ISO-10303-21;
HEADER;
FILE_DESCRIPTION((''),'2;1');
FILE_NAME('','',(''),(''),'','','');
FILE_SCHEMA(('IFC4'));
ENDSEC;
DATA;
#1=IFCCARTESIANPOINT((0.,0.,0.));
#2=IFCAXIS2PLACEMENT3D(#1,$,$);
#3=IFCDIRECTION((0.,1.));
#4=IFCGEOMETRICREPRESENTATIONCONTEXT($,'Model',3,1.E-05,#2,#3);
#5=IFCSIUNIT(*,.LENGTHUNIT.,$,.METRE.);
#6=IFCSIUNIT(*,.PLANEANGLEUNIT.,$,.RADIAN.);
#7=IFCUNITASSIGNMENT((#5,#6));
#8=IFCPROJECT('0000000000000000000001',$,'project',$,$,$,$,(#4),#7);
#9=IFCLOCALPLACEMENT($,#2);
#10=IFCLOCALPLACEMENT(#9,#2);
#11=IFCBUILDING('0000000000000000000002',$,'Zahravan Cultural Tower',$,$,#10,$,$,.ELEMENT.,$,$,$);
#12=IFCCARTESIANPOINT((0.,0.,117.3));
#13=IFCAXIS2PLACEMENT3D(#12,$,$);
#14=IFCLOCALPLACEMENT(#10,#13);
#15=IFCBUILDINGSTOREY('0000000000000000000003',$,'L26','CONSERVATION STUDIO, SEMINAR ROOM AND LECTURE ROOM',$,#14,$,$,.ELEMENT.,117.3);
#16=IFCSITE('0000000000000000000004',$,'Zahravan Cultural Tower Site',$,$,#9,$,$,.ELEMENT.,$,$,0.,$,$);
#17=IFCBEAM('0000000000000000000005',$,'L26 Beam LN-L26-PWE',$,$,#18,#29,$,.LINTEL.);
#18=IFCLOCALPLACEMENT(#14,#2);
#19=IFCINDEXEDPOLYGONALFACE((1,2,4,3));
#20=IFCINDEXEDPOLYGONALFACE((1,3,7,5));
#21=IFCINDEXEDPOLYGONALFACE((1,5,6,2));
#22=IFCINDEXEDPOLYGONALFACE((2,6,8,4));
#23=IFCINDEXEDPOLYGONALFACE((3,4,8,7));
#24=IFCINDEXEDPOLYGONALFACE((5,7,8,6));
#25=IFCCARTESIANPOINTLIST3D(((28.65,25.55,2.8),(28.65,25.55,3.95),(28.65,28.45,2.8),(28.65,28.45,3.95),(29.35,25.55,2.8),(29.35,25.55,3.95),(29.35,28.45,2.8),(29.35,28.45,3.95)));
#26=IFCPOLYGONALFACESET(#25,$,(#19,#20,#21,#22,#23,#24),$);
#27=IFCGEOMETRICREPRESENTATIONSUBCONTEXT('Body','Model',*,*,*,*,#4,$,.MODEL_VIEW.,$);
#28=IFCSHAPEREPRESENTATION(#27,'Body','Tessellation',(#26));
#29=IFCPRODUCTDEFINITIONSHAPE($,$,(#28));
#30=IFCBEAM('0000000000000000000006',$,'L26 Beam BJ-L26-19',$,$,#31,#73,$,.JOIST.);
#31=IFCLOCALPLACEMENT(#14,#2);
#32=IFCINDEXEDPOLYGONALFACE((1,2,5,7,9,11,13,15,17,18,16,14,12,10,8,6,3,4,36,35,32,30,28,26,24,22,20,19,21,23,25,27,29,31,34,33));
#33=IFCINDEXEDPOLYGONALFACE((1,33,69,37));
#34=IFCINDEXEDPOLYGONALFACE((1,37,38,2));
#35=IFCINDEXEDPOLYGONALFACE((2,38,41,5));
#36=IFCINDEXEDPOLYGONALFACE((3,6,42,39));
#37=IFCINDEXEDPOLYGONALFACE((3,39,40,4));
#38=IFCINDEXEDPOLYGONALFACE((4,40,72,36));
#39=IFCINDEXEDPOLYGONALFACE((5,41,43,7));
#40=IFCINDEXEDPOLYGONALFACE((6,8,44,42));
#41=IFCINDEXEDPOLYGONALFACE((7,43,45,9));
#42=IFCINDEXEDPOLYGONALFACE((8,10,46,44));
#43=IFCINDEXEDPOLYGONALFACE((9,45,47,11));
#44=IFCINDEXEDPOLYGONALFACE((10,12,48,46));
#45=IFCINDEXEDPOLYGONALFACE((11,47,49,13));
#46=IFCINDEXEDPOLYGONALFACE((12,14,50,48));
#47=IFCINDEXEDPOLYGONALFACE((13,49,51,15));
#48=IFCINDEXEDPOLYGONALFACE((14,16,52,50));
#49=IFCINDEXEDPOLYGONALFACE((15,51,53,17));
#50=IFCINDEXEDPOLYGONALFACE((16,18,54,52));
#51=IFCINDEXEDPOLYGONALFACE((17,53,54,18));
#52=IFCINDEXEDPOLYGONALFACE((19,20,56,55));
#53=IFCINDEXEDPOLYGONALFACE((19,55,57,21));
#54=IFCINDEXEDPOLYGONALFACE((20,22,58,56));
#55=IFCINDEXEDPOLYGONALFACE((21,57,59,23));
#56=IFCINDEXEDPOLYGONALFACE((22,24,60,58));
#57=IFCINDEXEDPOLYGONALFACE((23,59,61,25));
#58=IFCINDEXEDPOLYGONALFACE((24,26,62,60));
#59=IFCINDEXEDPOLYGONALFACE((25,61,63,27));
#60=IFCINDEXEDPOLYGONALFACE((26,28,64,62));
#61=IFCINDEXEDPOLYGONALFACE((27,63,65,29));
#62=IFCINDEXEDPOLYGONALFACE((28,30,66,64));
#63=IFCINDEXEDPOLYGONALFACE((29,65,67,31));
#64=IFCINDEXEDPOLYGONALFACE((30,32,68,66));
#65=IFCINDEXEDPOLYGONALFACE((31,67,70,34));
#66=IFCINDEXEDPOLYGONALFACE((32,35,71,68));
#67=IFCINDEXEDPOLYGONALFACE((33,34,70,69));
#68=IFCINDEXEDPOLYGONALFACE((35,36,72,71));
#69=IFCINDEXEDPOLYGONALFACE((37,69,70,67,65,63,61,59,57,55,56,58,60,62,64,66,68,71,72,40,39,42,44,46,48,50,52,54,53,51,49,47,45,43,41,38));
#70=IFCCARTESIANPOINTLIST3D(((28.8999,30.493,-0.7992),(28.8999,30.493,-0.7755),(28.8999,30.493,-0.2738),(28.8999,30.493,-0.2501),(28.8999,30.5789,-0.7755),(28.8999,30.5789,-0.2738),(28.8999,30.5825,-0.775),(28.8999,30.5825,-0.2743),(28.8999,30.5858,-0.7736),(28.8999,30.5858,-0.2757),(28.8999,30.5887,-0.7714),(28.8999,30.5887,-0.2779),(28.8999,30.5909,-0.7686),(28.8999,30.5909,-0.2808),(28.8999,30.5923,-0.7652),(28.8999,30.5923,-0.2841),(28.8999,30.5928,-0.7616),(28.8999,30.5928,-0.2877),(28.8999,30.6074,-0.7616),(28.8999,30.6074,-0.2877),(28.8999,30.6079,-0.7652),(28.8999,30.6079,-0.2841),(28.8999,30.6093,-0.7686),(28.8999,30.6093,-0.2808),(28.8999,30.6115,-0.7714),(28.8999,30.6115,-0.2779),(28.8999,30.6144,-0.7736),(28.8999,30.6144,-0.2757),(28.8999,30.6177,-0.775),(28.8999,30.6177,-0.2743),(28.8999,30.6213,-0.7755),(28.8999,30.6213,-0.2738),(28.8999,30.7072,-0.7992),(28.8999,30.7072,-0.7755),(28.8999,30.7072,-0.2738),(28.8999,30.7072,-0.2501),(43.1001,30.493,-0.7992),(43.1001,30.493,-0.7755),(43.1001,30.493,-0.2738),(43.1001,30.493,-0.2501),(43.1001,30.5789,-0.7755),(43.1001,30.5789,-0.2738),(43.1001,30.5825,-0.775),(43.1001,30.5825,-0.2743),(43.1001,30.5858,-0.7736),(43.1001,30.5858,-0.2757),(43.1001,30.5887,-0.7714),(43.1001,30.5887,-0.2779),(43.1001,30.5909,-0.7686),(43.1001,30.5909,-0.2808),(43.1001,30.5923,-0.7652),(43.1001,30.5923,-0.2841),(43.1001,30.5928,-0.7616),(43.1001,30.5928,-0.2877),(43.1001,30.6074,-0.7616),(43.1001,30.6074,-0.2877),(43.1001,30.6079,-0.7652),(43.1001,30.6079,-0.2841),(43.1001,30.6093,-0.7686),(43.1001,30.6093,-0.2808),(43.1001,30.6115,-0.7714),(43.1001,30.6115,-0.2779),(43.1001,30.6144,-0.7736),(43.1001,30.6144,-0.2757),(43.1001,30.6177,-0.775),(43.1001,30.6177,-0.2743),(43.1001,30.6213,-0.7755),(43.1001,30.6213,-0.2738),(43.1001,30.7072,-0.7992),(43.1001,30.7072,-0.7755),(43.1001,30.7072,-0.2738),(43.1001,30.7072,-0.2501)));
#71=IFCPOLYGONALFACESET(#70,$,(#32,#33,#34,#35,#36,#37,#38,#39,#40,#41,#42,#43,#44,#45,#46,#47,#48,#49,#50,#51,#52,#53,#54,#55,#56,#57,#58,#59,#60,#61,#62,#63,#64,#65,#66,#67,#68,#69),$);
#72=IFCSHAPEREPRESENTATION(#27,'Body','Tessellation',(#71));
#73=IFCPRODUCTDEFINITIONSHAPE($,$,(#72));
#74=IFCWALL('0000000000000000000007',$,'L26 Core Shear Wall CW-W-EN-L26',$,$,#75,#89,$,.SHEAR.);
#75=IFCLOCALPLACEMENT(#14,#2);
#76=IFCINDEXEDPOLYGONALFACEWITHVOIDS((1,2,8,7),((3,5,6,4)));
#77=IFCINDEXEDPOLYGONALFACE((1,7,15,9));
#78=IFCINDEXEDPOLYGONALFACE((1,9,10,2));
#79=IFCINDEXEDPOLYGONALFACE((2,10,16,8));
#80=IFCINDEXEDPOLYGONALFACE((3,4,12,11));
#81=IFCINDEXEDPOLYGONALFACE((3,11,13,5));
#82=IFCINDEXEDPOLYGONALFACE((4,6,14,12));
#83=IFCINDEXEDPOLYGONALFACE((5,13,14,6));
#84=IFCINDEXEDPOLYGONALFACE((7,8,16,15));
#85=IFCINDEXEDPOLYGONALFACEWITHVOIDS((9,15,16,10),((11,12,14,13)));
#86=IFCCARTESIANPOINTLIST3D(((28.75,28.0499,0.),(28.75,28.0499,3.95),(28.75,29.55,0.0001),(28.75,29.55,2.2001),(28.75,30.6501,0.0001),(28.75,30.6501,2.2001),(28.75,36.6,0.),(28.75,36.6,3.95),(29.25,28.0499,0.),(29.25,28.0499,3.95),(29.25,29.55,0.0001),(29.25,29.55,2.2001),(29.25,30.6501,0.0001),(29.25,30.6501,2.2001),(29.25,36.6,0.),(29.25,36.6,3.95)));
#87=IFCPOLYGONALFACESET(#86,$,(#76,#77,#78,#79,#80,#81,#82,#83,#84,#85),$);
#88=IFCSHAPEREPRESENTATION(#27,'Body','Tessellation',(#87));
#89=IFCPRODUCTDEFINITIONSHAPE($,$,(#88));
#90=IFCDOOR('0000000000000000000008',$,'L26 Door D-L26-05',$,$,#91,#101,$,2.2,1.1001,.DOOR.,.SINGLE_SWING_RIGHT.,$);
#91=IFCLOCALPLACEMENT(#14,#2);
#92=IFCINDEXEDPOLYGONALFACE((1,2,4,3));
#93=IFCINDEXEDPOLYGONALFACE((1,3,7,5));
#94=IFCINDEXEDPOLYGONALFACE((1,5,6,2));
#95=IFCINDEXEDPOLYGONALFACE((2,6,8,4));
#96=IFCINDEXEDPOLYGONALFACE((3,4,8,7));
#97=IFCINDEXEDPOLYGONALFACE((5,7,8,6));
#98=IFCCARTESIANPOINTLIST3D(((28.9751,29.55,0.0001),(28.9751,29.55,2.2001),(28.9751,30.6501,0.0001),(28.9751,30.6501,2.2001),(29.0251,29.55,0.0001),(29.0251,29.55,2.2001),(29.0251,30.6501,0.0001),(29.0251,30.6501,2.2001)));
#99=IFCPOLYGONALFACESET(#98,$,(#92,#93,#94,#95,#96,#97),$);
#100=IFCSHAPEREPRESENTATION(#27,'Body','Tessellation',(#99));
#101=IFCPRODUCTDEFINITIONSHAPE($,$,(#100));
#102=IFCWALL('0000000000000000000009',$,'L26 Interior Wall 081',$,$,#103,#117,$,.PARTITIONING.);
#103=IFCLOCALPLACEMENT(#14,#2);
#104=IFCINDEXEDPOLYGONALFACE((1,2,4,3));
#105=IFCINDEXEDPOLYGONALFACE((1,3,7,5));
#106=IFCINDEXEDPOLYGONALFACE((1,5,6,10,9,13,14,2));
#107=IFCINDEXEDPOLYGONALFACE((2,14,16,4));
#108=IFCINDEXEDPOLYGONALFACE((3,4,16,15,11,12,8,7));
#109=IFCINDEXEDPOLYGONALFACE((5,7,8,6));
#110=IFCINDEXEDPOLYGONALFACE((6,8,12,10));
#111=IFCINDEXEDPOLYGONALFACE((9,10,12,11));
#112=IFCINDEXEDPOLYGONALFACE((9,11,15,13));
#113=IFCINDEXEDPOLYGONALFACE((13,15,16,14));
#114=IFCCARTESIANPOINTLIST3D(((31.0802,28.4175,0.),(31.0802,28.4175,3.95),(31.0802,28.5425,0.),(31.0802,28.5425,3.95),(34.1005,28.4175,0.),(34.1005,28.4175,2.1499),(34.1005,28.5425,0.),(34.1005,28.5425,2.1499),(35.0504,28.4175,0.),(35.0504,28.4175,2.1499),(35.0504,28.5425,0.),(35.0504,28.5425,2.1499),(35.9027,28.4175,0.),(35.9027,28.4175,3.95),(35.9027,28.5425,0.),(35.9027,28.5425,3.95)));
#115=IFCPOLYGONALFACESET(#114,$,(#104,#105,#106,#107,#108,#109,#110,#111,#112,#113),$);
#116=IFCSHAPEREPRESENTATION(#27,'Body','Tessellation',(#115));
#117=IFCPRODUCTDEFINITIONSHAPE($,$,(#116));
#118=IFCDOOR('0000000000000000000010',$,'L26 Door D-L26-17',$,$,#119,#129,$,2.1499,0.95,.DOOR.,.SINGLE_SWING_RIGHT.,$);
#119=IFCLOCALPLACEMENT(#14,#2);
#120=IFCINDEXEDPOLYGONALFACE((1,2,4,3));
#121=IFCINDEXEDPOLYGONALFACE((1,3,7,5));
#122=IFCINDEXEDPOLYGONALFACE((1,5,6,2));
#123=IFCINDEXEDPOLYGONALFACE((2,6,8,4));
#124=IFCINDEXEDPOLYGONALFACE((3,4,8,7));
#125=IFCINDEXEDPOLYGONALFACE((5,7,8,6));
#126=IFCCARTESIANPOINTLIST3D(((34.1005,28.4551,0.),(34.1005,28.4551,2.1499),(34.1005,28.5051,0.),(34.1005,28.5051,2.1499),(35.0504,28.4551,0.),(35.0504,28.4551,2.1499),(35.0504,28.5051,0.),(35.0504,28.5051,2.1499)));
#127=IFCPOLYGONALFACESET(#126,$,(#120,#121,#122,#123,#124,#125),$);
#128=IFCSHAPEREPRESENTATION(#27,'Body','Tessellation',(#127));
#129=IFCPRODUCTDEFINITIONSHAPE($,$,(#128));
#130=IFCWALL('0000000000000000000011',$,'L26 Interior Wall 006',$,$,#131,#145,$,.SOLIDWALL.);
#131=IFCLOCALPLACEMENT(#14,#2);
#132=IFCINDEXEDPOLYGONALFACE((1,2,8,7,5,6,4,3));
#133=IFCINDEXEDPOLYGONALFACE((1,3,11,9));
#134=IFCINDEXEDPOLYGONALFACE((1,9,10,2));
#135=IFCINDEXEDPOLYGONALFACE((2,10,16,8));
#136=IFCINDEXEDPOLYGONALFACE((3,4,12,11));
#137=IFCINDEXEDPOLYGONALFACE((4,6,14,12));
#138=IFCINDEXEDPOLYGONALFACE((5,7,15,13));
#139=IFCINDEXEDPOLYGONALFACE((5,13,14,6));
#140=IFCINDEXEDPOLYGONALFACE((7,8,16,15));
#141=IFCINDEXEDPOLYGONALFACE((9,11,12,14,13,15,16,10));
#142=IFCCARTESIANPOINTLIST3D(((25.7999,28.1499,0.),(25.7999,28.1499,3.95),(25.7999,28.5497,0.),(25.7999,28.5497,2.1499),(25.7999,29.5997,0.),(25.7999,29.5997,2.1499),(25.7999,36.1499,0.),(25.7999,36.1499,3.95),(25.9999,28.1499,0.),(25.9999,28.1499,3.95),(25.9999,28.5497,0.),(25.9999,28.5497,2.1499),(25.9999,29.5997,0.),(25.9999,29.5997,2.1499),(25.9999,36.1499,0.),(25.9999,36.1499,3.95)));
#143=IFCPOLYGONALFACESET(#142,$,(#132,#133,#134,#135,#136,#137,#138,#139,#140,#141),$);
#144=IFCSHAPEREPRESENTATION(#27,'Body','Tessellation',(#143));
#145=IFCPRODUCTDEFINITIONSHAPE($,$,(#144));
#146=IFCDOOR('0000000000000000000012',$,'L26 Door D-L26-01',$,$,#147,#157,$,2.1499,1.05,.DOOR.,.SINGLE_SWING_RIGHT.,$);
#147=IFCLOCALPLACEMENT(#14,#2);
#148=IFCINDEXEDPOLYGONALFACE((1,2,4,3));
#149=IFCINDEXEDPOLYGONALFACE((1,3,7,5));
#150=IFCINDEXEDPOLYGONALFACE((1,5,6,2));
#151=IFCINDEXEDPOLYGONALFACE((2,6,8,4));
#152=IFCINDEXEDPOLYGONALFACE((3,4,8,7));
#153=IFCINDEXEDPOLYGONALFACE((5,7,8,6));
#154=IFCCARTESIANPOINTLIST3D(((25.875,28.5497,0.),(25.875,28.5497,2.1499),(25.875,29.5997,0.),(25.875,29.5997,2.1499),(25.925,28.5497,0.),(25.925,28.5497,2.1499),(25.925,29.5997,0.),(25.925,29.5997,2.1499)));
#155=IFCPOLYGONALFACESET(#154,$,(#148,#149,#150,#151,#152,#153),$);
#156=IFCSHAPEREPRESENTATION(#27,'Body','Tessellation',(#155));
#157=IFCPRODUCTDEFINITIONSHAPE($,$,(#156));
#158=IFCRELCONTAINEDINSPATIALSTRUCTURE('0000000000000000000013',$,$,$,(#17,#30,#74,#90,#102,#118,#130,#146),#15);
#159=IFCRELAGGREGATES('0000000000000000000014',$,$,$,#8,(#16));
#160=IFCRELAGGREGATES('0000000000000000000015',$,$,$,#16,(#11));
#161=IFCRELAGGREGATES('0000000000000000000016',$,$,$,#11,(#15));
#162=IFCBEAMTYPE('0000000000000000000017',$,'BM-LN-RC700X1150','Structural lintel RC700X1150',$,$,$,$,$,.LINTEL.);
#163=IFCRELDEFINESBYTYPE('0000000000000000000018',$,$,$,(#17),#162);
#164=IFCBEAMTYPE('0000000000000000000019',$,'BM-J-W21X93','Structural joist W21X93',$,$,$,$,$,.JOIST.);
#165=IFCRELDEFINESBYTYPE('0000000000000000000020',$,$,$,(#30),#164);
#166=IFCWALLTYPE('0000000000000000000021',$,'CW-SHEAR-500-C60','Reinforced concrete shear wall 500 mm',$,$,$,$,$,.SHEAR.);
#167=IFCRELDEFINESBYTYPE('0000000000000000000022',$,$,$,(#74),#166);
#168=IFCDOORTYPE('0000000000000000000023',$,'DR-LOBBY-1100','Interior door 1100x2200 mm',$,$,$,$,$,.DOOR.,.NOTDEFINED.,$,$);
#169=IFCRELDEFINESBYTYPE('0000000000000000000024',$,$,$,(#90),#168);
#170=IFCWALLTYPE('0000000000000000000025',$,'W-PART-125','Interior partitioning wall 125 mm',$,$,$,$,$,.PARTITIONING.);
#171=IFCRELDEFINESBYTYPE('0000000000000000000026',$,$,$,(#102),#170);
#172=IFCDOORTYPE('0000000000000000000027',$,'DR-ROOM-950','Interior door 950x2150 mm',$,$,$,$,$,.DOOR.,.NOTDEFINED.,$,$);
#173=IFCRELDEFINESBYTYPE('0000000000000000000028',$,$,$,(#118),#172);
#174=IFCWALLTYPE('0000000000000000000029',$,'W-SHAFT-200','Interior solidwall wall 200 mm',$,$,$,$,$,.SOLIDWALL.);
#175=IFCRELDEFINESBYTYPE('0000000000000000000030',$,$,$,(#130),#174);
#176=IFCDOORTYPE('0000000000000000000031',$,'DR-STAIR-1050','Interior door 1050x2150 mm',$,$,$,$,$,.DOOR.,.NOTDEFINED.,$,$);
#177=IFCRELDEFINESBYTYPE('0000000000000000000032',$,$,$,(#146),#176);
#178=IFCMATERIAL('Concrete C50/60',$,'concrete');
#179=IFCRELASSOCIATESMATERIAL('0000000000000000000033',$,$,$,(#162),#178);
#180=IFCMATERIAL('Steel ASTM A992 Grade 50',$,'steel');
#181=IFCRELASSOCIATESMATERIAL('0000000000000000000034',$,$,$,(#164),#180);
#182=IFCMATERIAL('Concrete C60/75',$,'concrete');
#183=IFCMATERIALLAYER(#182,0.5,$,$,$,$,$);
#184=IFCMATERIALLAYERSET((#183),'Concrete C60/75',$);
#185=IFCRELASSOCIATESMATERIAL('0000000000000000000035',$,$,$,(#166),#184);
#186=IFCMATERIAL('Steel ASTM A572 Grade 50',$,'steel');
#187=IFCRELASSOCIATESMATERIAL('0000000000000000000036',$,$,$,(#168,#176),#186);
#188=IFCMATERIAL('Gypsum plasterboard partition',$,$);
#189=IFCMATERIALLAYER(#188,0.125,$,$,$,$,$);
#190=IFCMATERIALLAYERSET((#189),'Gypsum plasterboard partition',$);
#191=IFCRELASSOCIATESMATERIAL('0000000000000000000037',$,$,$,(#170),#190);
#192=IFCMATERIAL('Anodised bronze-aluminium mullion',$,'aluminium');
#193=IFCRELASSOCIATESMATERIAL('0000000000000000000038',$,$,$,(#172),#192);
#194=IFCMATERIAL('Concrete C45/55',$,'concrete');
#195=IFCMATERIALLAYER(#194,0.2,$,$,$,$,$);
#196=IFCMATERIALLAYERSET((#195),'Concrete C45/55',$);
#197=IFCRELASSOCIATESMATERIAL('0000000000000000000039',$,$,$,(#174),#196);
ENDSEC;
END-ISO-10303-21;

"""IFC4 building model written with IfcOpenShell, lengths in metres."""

from ifc_helpers import new_model, si_unit, direction, frame, frame_2d, origin, origin_2d, place, context, subcontext, project, spatial, rectangle, i_section, extrude, source, transform, mapped, material, layer, layer_set, material_profile, profile_set, type_object, element, fill, save


model = new_model("IFC4")

# Units and contexts
model_context = context("Model", 3, precision=1e-05, world=origin(), true_north=direction((0.0, 1.0)))
body_context = subcontext(model_context, "Body", "Model", "MODEL_VIEW")
ifc_project = project(units=[si_unit("LENGTHUNIT", "METRE"), si_unit("PLANEANGLEUNIT", "RADIAN")], contexts=[model_context])

# Site, building, storey
site_placement = place(None, origin())
site = spatial("IfcSite", under=ifc_project, at=site_placement, Name="Zahravan Cultural Tower Site", CompositionType="ELEMENT", RefElevation=0.0)
building_placement = place(site_placement, origin())
building = spatial("IfcBuilding", under=site, at=building_placement, Name="Zahravan Cultural Tower", CompositionType="ELEMENT")
storey_placement = place(building_placement, frame((0.0, 0.0, 117.3)))
storey = spatial("IfcBuildingStorey", under=building, at=storey_placement, Name="L26", Description="CONSERVATION STUDIO, SEMINAR ROOM AND LECTURE ROOM", CompositionType="ELEMENT", Elevation=117.3)

# Beams
ifc_material_1 = material(Name="Concrete C50/60", Category="concrete")
ifc_material_profile_1 = material_profile(ifc_material_1, rectangle(XDim=0.7, YDim=1.1499, at=origin_2d()), Name="RC700X1150")
ifc_profile_set_1 = profile_set([ifc_material_profile_1], Name="Concrete C50/60")
beam_type_1 = type_object("IfcBeamType", Name="BM-LN-RC700X1150", Description="Structural lintel RC700X1150", PredefinedType="LINTEL", material=ifc_profile_set_1)
shared_shape_1 = source(origin(), body_context, "Body", "SweptSolid", [
    extrude(rectangle(XDim=0.7, YDim=1.1499, at=origin_2d()), origin(), (0.0, 0.0, 1.0), 2.8999),
])
beam_1_placement = place(storey_placement, frame((29.0, 25.55, 3.375), z_axis=(0.0, 1.0, 0.0), x_axis=(-1.0, 0.0, 0.0)))
element("IfcBeam", 1, at=beam_1_placement, inside=storey, type_object=beam_type_1, Name="L26 Beam LN-L26-PWE", PredefinedType="LINTEL", context=body_context, shape_type="MappedRepresentation", body=[
    mapped(shared_shape_1, transform((0.0, 0.0, 0.0), x_axis=(1.0, 0.0, 0.0), y_axis=(0.0, 1.0, 0.0), z_axis=(0.0, 0.0, 1.0), scale=1.0)),
])
ifc_material_2 = material(Name="Steel ASTM A992 Grade 50", Category="steel")
ifc_material_profile_2 = material_profile(ifc_material_2, i_section(OverallWidth=0.2141, OverallDepth=0.5491, WebThickness=0.0146, FlangeThickness=0.0237, FilletRadius=0.0139, at=origin_2d()), Name="W21X93")
ifc_profile_set_2 = profile_set([ifc_material_profile_2], Name="Steel ASTM A992 Grade 50")
beam_type_2 = type_object("IfcBeamType", Name="BM-J-W21X93", Description="Structural joist W21X93", PredefinedType="JOIST", material=ifc_profile_set_2)
shared_shape_2 = source(origin(), body_context, "Body", "SweptSolid", [
    extrude(i_section(OverallWidth=0.2141, OverallDepth=0.5491, WebThickness=0.0146, FlangeThickness=0.0237, FilletRadius=0.0139, at=origin_2d()), origin(), (0.0, 0.0, 1.0), 14.2002),
])
beam_2_placement = place(storey_placement, frame((28.8999, 30.6001, -0.5247), z_axis=(1.0, 0.0, 0.0), x_axis=(0.0, 1.0, 0.0)))
element("IfcBeam", 2, at=beam_2_placement, inside=storey, type_object=beam_type_2, Name="L26 Beam BJ-L26-19", PredefinedType="JOIST", context=body_context, shape_type="MappedRepresentation", body=[
    mapped(shared_shape_2, transform((0.0, 0.0, 0.0), x_axis=(1.0, 0.0, 0.0), y_axis=(0.0, 1.0, 0.0), z_axis=(0.0, 0.0, 1.0), scale=1.0)),
])

# Walls, openings, doors
ifc_material_3 = material(Name="Concrete C60/75", Category="concrete")
ifc_layer_1 = layer(ifc_material_3, 0.5)
ifc_layer_set_1 = layer_set([ifc_layer_1], Name="Concrete C60/75")
wall_type_1 = type_object("IfcWallType", Name="CW-SHEAR-500-C60", Description="Reinforced concrete shear wall 500 mm", PredefinedType="SHEAR", material=ifc_layer_set_1)
wall_1_placement = place(storey_placement, frame((29.0, 28.05, 0.0), z_axis=(0.0, 0.0, 1.0), x_axis=(0.0, 1.0, 0.0)))
wall_1 = element("IfcWall", 3, at=wall_1_placement, inside=storey, type_object=wall_type_1, Name="L26 Core Shear Wall CW-W-EN-L26", PredefinedType="SHEAR", context=body_context, shape_type="SweptSolid", body=[
    extrude(rectangle(XDim=8.55, YDim=0.5, at=frame_2d((4.2749, 0.0))), origin(), (0.0, 0.0, 1.0), 3.95),
])
opening_1_placement = place(wall_1_placement, frame((1.5, 0.0, 0.0)))
opening_1 = element("IfcOpeningElement", 4, at=opening_1_placement, cuts=wall_1, PredefinedType="OPENING", context=body_context, shape_type="SweptSolid", body=[
    extrude(rectangle(XDim=1.1001, YDim=2.2, at=frame_2d((0.55, 1.1001))), frame((0.0, 0.26, 0.0), z_axis=(0.0, -1.0, 0.0), x_axis=(1.0, 0.0, 0.0)), (0.0, 0.0, 1.0), 0.52),
])
ifc_material_4 = material(Name="Steel ASTM A572 Grade 50", Category="steel")
door_type_1 = type_object("IfcDoorType", Name="DR-LOBBY-1100", Description="Interior door 1100x2200 mm", OperationType="NOTDEFINED", PredefinedType="DOOR", material=ifc_material_4)
shared_shape_3 = source(origin(), body_context, "Body", "SweptSolid", [
    extrude(rectangle(XDim=1.1001, YDim=2.2, at=frame_2d((0.55, 1.1001))), frame((0.0, 0.0249, 0.0), z_axis=(0.0, -1.0, 0.0), x_axis=(1.0, 0.0, 0.0)), (0.0, 0.0, 1.0), 0.05),
])
door_1_placement = place(opening_1_placement, origin())
door_1 = element("IfcDoor", 5, at=door_1_placement, inside=storey, type_object=door_type_1, Name="L26 Door D-L26-05", OperationType="SINGLE_SWING_RIGHT", OverallHeight=2.2, OverallWidth=1.1001, PredefinedType="DOOR", context=body_context, shape_type="MappedRepresentation", body=[
    mapped(shared_shape_3, transform((0.0, 0.0, 0.0), x_axis=(1.0, 0.0, 0.0), y_axis=(0.0, 1.0, 0.0), z_axis=(0.0, 0.0, 1.0), scale=1.0)),
])
fill(opening_1, door_1)
ifc_material_5 = material(Name="Gypsum plasterboard partition")
ifc_layer_2 = layer(ifc_material_5, 0.125)
ifc_layer_set_2 = layer_set([ifc_layer_2], Name="Gypsum plasterboard partition")
wall_type_2 = type_object("IfcWallType", Name="W-PART-125", Description="Interior partitioning wall 125 mm", PredefinedType="PARTITIONING", material=ifc_layer_set_2)
ifc_material_6 = material(Name="Anodised bronze-aluminium mullion", Category="aluminium")
door_type_2 = type_object("IfcDoorType", Name="DR-ROOM-950", Description="Interior door 950x2150 mm", OperationType="NOTDEFINED", PredefinedType="DOOR", material=ifc_material_6)
shared_shape_4 = source(origin(), body_context, "Body", "SweptSolid", [
    extrude(rectangle(XDim=0.95, YDim=2.1499, at=frame_2d((0.4751, 1.075))), frame((0.0, 0.0249, 0.0), z_axis=(0.0, -1.0, 0.0), x_axis=(1.0, 0.0, 0.0)), (0.0, 0.0, 1.0), 0.05),
])
wall_2_placement = place(storey_placement, frame((35.9026, 28.48, 0.0), z_axis=(0.0, 0.0, 1.0), x_axis=(-1.0, 0.0, 0.0)))
wall_2 = element("IfcWall", 6, at=wall_2_placement, inside=storey, type_object=wall_type_2, Name="L26 Interior Wall 081", PredefinedType="PARTITIONING", context=body_context, shape_type="SweptSolid", body=[
    extrude(rectangle(XDim=4.8225, YDim=0.125, at=frame_2d((2.4111, 0.0))), origin(), (0.0, 0.0, 1.0), 3.95),
])
opening_2_placement = place(wall_2_placement, frame((0.8521, 0.0, 0.0)))
opening_2 = element("IfcOpeningElement", 7, at=opening_2_placement, cuts=wall_2, PredefinedType="OPENING", context=body_context, shape_type="SweptSolid", body=[
    extrude(rectangle(XDim=0.95, YDim=2.1499, at=frame_2d((0.4751, 1.075))), frame((0.0, 0.0725, 0.0), z_axis=(0.0, -1.0, 0.0), x_axis=(1.0, 0.0, 0.0)), (0.0, 0.0, 1.0), 0.145),
])
door_2_placement = place(opening_2_placement, origin())
door_2 = element("IfcDoor", 8, at=door_2_placement, inside=storey, type_object=door_type_2, Name="L26 Door D-L26-17", OperationType="SINGLE_SWING_RIGHT", OverallHeight=2.1499, OverallWidth=0.95, PredefinedType="DOOR", context=body_context, shape_type="MappedRepresentation", body=[
    mapped(shared_shape_4, transform((0.0, 0.0, 0.0), x_axis=(1.0, 0.0, 0.0), y_axis=(0.0, 1.0, 0.0), z_axis=(0.0, 0.0, 1.0), scale=1.0)),
])
fill(opening_2, door_2)
ifc_material_7 = material(Name="Concrete C45/55", Category="concrete")
ifc_layer_3 = layer(ifc_material_7, 0.2)
ifc_layer_set_3 = layer_set([ifc_layer_3], Name="Concrete C45/55")
wall_type_3 = type_object("IfcWallType", Name="W-SHAFT-200", Description="Interior solidwall wall 200 mm", PredefinedType="SOLIDWALL", material=ifc_layer_set_3)
wall_3_placement = place(storey_placement, frame((25.8999, 28.1499, 0.0), z_axis=(0.0, 0.0, 1.0), x_axis=(0.0, 1.0, 0.0)))
wall_3 = element("IfcWall", 9, at=wall_3_placement, inside=storey, type_object=wall_type_3, Name="L26 Interior Wall 006", PredefinedType="SOLIDWALL", context=body_context, shape_type="SweptSolid", body=[
    extrude(rectangle(XDim=8.0, YDim=0.2, at=frame_2d((4.0, 0.0))), origin(), (0.0, 0.0, 1.0), 3.95),
])
opening_3_placement = place(wall_3_placement, frame((0.3999, 0.0, 0.0)))
opening_3 = element("IfcOpeningElement", 10, at=opening_3_placement, cuts=wall_3, PredefinedType="OPENING", context=body_context, shape_type="SweptSolid", body=[
    extrude(rectangle(XDim=1.05, YDim=2.1499, at=frame_2d((0.5249, 1.075))), frame((0.0, 0.1099, 0.0), z_axis=(0.0, -1.0, 0.0), x_axis=(1.0, 0.0, 0.0)), (0.0, 0.0, 1.0), 0.22),
])
door_type_3 = type_object("IfcDoorType", Name="DR-STAIR-1050", Description="Interior door 1050x2150 mm", OperationType="NOTDEFINED", PredefinedType="DOOR", material=ifc_material_4)
shared_shape_5 = source(origin(), body_context, "Body", "SweptSolid", [
    extrude(rectangle(XDim=1.05, YDim=2.1499, at=frame_2d((0.5249, 1.075))), frame((0.0, 0.0249, 0.0), z_axis=(0.0, -1.0, 0.0), x_axis=(1.0, 0.0, 0.0)), (0.0, 0.0, 1.0), 0.05),
])
door_3_placement = place(opening_3_placement, origin())
door_3 = element("IfcDoor", 11, at=door_3_placement, inside=storey, type_object=door_type_3, Name="L26 Door D-L26-01", OperationType="SINGLE_SWING_RIGHT", OverallHeight=2.1499, OverallWidth=1.05, PredefinedType="DOOR", context=body_context, shape_type="MappedRepresentation", body=[
    mapped(shared_shape_5, transform((0.0, 0.0, 0.0), x_axis=(1.0, 0.0, 0.0), y_axis=(0.0, 1.0, 0.0), z_axis=(0.0, 0.0, 1.0), scale=1.0)),
])
fill(opening_3, door_3)

save(model, "model.ifc")
